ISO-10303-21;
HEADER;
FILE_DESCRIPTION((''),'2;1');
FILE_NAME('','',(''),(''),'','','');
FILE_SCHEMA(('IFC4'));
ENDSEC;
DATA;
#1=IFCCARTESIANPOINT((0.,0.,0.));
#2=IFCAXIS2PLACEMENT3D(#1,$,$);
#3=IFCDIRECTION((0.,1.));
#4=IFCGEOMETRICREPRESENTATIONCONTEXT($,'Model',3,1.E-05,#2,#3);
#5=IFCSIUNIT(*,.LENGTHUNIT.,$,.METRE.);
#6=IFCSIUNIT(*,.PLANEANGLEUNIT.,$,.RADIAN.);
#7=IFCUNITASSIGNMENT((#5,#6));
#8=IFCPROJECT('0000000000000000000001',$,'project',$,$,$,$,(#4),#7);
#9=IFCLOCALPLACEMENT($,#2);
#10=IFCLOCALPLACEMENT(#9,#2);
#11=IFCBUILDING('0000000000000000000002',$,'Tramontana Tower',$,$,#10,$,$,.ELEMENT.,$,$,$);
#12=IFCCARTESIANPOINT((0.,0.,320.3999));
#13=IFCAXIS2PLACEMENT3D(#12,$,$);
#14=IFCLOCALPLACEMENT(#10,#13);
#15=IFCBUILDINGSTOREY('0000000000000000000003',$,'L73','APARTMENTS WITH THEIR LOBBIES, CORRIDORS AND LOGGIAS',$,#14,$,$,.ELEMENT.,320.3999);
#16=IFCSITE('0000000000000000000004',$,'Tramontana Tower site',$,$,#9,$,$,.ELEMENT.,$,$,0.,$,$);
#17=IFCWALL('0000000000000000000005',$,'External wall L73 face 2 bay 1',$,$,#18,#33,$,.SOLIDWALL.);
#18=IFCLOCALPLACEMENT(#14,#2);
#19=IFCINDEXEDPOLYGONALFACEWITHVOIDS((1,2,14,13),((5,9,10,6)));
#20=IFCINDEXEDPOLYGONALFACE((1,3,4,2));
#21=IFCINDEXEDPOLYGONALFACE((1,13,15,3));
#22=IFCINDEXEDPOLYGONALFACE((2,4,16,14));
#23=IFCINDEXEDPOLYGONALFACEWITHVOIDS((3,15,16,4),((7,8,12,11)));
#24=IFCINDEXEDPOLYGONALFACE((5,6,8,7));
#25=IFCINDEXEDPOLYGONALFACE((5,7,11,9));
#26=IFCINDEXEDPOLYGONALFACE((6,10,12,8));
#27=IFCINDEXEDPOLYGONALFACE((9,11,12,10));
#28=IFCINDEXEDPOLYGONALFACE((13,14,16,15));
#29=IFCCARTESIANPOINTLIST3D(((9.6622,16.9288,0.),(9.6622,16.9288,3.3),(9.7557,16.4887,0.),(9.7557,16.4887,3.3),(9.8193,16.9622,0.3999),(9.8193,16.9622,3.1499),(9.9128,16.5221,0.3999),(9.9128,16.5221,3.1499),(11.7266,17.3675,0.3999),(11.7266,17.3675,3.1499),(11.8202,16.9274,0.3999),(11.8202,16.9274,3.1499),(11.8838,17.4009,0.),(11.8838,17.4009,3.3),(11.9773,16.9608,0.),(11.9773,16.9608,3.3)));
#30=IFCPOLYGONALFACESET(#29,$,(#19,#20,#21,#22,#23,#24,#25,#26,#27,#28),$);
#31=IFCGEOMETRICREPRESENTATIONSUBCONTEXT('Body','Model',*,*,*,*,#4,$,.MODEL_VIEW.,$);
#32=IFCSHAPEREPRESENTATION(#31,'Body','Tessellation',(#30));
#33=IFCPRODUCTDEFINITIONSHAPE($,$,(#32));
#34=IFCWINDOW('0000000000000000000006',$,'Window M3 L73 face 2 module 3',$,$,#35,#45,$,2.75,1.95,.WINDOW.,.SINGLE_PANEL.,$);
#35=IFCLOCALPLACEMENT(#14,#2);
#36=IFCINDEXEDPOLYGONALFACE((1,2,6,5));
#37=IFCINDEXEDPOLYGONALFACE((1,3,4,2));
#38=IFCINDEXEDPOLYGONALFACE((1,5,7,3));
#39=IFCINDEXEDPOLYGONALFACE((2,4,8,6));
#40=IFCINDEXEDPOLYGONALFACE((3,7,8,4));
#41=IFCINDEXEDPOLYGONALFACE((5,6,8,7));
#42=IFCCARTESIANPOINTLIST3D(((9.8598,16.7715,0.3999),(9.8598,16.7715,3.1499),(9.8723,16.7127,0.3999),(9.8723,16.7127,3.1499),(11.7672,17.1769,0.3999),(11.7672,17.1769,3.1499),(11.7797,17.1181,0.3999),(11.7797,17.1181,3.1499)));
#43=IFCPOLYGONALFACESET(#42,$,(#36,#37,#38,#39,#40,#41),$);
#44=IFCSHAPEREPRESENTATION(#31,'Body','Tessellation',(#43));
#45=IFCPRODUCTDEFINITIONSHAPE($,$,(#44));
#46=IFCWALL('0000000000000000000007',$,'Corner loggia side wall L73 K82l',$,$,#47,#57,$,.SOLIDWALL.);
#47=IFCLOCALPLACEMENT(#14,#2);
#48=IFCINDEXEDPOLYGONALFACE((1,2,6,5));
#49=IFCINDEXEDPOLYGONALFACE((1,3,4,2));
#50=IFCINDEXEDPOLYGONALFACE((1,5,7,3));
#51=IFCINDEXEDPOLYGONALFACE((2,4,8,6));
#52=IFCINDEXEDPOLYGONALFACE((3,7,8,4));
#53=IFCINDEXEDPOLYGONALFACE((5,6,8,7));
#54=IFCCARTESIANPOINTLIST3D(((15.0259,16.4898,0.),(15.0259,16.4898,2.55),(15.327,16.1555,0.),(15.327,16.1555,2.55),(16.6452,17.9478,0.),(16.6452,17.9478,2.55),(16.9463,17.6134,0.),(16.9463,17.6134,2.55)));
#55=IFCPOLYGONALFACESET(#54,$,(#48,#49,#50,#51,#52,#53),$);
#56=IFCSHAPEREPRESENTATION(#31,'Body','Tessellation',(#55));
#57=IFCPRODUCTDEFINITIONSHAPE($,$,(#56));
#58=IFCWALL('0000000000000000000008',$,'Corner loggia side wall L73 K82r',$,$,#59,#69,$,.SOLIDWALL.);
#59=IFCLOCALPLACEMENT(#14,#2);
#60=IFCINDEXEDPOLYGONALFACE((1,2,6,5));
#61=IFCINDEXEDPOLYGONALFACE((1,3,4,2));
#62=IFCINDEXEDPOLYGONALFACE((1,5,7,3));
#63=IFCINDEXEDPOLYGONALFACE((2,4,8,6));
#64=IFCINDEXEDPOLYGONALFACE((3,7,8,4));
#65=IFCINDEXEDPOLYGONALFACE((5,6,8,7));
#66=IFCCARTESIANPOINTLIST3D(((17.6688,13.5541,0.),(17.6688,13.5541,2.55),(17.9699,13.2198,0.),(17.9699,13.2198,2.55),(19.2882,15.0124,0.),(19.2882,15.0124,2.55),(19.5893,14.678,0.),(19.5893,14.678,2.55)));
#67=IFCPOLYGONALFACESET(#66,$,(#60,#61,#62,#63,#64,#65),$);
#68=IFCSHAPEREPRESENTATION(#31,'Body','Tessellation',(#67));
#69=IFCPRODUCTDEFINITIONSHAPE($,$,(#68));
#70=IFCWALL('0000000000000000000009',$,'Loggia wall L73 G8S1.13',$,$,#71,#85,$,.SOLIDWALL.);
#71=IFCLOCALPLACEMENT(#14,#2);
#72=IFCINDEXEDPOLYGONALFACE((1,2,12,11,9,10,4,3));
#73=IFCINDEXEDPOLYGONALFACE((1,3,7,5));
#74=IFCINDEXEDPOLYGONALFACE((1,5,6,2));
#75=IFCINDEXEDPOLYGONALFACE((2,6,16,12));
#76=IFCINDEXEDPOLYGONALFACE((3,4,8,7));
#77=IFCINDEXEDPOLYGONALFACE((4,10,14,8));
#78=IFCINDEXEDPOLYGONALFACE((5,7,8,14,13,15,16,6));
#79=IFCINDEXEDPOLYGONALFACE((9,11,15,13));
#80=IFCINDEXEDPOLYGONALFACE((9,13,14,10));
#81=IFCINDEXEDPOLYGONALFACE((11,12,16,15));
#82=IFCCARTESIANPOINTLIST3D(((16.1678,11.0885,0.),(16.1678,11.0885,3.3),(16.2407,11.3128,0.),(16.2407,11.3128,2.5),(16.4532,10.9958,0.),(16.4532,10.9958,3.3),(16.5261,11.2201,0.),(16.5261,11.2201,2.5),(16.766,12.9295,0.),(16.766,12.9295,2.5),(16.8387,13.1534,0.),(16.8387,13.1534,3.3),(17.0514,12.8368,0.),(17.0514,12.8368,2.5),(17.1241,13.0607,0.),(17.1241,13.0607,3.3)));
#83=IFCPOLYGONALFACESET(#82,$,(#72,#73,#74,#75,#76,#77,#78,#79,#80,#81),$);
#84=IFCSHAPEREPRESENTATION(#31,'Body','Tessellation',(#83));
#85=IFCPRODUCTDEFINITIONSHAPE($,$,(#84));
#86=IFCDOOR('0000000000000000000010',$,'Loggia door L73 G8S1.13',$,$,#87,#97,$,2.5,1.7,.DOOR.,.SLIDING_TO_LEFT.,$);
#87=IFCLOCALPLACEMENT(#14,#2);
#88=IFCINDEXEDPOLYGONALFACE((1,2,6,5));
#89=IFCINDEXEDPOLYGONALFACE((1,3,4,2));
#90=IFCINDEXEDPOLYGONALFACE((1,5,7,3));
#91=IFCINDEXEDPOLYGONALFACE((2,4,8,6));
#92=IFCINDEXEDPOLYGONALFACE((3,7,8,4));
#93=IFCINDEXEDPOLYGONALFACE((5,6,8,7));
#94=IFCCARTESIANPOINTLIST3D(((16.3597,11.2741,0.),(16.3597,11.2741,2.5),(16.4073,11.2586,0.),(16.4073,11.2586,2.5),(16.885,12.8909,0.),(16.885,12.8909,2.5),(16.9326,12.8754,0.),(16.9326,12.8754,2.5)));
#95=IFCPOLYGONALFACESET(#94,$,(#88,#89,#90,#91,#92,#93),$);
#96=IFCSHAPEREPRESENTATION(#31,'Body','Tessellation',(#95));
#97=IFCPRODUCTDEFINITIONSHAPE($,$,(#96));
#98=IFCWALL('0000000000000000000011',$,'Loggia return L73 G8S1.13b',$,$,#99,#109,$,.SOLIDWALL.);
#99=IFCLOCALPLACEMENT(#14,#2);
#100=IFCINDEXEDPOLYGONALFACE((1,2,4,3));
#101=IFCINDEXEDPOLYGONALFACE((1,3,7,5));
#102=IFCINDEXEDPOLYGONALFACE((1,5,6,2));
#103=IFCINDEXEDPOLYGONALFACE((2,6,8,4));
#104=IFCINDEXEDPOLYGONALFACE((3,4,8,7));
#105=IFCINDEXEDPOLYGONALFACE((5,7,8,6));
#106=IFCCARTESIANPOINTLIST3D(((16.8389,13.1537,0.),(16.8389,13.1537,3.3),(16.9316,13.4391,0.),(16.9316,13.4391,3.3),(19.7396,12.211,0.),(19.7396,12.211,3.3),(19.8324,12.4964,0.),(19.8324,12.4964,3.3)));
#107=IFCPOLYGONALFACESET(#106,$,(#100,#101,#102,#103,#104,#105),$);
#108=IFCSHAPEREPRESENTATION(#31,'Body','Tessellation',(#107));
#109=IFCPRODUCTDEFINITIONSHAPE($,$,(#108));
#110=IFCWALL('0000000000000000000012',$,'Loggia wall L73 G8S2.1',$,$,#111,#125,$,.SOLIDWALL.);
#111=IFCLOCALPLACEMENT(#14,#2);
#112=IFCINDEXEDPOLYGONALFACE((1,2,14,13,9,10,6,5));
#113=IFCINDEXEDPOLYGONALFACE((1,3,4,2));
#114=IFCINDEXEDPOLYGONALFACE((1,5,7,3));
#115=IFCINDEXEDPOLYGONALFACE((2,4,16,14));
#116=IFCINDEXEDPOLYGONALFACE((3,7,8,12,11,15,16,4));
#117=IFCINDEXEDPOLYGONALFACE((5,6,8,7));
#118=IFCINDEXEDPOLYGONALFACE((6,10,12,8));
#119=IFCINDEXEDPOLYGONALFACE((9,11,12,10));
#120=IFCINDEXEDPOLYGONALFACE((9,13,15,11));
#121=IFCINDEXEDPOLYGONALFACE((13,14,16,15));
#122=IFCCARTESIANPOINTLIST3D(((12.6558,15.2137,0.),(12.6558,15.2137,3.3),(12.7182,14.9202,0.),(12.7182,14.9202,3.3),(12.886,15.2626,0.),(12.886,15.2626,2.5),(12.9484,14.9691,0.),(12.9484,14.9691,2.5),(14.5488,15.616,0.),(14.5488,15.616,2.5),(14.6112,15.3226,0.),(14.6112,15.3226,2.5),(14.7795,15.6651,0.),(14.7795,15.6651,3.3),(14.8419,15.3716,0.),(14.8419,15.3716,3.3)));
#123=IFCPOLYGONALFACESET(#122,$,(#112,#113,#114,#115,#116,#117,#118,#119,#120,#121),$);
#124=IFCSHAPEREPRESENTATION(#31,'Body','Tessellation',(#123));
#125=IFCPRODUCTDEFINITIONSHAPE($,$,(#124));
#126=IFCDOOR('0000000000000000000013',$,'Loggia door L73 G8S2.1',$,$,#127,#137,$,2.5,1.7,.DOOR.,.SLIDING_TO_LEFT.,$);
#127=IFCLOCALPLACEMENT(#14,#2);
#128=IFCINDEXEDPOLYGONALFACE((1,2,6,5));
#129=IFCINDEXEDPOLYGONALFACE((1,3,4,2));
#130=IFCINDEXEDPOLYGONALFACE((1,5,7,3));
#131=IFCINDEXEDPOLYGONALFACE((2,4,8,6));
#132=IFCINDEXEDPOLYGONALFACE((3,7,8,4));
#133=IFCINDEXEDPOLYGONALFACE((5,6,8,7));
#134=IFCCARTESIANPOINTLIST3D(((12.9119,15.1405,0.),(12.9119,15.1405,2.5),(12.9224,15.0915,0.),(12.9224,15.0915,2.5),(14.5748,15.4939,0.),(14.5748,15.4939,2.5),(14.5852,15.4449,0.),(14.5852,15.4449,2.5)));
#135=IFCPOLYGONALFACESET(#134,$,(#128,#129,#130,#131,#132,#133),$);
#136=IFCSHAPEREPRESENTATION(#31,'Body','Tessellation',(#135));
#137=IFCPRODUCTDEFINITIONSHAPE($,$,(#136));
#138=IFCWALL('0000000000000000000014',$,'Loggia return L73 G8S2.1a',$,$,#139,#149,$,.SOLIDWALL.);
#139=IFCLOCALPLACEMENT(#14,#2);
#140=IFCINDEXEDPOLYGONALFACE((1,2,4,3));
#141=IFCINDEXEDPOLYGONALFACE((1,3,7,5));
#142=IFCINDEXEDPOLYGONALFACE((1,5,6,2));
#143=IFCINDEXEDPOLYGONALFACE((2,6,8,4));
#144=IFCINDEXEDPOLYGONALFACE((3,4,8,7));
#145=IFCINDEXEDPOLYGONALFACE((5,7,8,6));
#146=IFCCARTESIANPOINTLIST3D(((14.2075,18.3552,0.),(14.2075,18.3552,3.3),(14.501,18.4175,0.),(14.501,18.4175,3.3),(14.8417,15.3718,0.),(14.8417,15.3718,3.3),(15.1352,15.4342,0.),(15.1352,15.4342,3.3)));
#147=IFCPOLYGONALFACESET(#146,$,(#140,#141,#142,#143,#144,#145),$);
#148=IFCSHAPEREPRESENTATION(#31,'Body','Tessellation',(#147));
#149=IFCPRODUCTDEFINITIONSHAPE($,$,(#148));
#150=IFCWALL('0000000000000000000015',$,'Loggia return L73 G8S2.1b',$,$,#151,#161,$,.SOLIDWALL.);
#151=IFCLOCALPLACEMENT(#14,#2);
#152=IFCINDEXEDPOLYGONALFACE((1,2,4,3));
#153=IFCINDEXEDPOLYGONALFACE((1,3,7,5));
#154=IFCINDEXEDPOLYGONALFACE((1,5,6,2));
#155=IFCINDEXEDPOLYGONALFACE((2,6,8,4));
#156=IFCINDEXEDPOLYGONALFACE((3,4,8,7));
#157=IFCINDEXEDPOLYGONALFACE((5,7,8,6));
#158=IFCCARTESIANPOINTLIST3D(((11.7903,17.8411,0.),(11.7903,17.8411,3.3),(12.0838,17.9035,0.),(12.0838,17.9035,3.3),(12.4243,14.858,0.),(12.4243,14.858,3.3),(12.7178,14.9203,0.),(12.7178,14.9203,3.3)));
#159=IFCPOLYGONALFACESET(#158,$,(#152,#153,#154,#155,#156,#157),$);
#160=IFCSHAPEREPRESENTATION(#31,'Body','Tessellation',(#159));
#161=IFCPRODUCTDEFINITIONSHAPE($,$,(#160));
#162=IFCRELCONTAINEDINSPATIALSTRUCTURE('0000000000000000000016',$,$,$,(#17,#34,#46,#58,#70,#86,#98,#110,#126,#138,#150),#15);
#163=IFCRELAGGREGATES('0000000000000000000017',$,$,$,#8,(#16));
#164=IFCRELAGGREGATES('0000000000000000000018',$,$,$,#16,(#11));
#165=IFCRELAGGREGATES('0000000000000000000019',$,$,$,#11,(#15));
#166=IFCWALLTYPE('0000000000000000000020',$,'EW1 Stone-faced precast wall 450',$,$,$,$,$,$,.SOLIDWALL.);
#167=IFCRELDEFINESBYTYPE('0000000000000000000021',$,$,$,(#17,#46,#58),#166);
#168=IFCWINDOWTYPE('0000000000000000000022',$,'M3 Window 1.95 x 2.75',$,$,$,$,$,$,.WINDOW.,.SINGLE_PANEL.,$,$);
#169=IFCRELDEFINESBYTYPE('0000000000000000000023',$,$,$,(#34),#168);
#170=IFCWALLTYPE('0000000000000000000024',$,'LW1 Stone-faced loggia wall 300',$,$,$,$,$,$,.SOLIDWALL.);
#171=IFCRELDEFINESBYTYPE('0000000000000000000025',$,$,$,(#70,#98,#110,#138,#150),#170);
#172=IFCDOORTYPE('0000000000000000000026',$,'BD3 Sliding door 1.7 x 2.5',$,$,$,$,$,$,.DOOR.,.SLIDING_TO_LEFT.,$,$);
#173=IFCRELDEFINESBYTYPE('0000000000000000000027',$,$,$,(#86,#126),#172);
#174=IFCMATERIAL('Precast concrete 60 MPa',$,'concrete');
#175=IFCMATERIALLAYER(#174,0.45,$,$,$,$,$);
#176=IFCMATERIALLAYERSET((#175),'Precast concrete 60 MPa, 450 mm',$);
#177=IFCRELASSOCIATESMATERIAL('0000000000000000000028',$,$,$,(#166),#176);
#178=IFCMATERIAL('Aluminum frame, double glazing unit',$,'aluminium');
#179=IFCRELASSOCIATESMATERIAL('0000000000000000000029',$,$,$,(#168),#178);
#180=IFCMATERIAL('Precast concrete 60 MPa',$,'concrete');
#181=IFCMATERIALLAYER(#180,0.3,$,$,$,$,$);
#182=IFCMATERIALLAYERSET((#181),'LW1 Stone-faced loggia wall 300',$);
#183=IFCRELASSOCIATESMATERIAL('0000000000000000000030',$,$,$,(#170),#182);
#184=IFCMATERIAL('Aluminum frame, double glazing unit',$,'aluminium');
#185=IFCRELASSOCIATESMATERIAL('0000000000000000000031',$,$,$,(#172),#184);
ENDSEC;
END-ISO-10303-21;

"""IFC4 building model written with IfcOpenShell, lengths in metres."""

from ifc_helpers import new_model, si_unit, direction, frame, frame_2d, origin, place, context, subcontext, project, spatial, rectangle, extrude, material, layer, layer_set, type_object, element, fill, save


model = new_model("IFC4")

# Units and contexts
model_context = context("Model", 3, precision=1e-05, world=origin(), true_north=direction((0.0, 1.0)))
body_context = subcontext(model_context, "Body", "Model", "MODEL_VIEW")
ifc_project = project(units=[si_unit("LENGTHUNIT", "METRE"), si_unit("PLANEANGLEUNIT", "RADIAN")], contexts=[model_context])

# Site, building, storey
site_placement = place(None, origin())
site = spatial("IfcSite", under=ifc_project, at=site_placement, Name="Tramontana Tower site", CompositionType="ELEMENT", RefElevation=0.0)
building_placement = place(site_placement, origin())
building = spatial("IfcBuilding", under=site, at=building_placement, Name="Tramontana Tower", CompositionType="ELEMENT")
storey_placement = place(building_placement, frame((0.0, 0.0, 320.3999)))
storey = spatial("IfcBuildingStorey", under=building, at=storey_placement, Name="L73", Description="APARTMENTS WITH THEIR LOBBIES, CORRIDORS AND LOGGIAS", CompositionType="ELEMENT", Elevation=320.3999)

# Wall, opening, window
ifc_material_1 = material(Name="Precast concrete 60 MPa", Category="concrete")
ifc_layer_1 = layer(ifc_material_1, 0.45)
ifc_layer_set_1 = layer_set([ifc_layer_1], Name="Precast concrete 60 MPa, 450 mm")
wall_type_1 = type_object("IfcWallType", Name="EW1 Stone-faced precast wall 450", PredefinedType="SOLIDWALL", material=ifc_layer_set_1)
wall_1_placement = place(storey_placement, frame((11.9307, 17.1809, 0.0), z_axis=(0.0, 0.0, 1.0), x_axis=(-0.978153, -0.207884, 0.0)))
wall_1 = element("IfcWall", 1, at=wall_1_placement, inside=storey, type_object=wall_type_1, Name="External wall L73 face 2 bay 1", PredefinedType="SOLIDWALL", context=body_context, shape_type="SweptSolid", body=[
    extrude(rectangle(XDim=2.2712, YDim=0.45, at=frame_2d((1.1357, 0.0))), origin(), (0.0, 0.0, 1.0), 3.3),
])
opening_1_placement = place(wall_1_placement, frame((0.1606, 0.0, 0.3999)))
opening_1 = element("IfcOpeningElement", 2, at=opening_1_placement, cuts=wall_1, PredefinedType="OPENING", context=body_context, shape_type="SweptSolid", body=[
    extrude(rectangle(XDim=1.95, YDim=2.75, at=frame_2d((0.9751, 1.375))), frame((0.0, 0.2349, 0.0), z_axis=(0.0, -1.0, 0.0), x_axis=(1.0, 0.0, 0.0)), (0.0, 0.0, 1.0), 0.47),
])
ifc_material_2 = material(Name="Aluminum frame, double glazing unit", Category="aluminium")
window_type_1 = type_object("IfcWindowType", Name="M3 Window 1.95 x 2.75", PartitioningType="SINGLE_PANEL", PredefinedType="WINDOW", material=ifc_material_2)
window_1_placement = place(opening_1_placement, origin())
window_1 = element("IfcWindow", 3, at=window_1_placement, inside=storey, type_object=window_type_1, Name="Window M3 L73 face 2 module 3", OverallHeight=2.75, OverallWidth=1.95, PartitioningType="SINGLE_PANEL", PredefinedType="WINDOW", context=body_context, shape_type="SweptSolid", body=[
    extrude(rectangle(XDim=1.95, YDim=2.75, at=frame_2d((0.9751, 1.375))), frame((0.0, 0.03, 0.0), z_axis=(0.0, -1.0, 0.0), x_axis=(1.0, 0.0, 0.0)), (0.0, 0.0, 1.0), 0.0601),
])
fill(opening_1, window_1)

# Walls
wall_2_placement = place(storey_placement, frame((16.7957, 17.7805, 0.0), z_axis=(0.0, 0.0, 1.0), x_axis=(-0.743166, -0.669107, 0.0)))
element("IfcWall", 4, at=wall_2_placement, inside=storey, type_object=wall_type_1, Name="Corner loggia side wall L73 K82l", PredefinedType="SOLIDWALL", context=body_context, shape_type="SweptSolid", body=[
    extrude(rectangle(XDim=2.179, YDim=0.45, at=frame_2d((1.0894, 0.0))), origin(), (0.0, 0.0, 1.0), 2.55),
])
wall_3_placement = place(storey_placement, frame((19.4387, 14.8452, 0.0), z_axis=(0.0, 0.0, 1.0), x_axis=(-0.74311, -0.669169, 0.0)))
element("IfcWall", 5, at=wall_3_placement, inside=storey, type_object=wall_type_1, Name="Corner loggia side wall L73 K82r", PredefinedType="SOLIDWALL", context=body_context, shape_type="SweptSolid", body=[
    extrude(rectangle(XDim=2.1792, YDim=0.45, at=frame_2d((1.0896, 0.0))), origin(), (0.0, 0.0, 1.0), 2.55),
])

# Wall, opening, door
ifc_material_3 = material(Name="Precast concrete 60 MPa", Category="concrete")
ifc_layer_2 = layer(ifc_material_3, 0.3)
ifc_layer_set_2 = layer_set([ifc_layer_2], Name="LW1 Stone-faced loggia wall 300")
wall_type_2 = type_object("IfcWallType", Name="LW1 Stone-faced loggia wall 300", PredefinedType="SOLIDWALL", material=ifc_layer_set_2)
wall_4_placement = place(storey_placement, frame((16.3105, 11.0422, 0.0), z_axis=(0.0, 0.0, 1.0), x_axis=(0.309, 0.951062, 0.0)))
wall_4 = element("IfcWall", 6, at=wall_4_placement, inside=storey, type_object=wall_type_2, Name="Loggia wall L73 G8S1.13", PredefinedType="SOLIDWALL", context=body_context, shape_type="SweptSolid", body=[
    extrude(rectangle(XDim=2.1711, YDim=0.3, at=frame_2d((1.0854, 0.0))), origin(), (0.0, 0.0, 1.0), 3.3),
])
opening_2_placement = place(wall_4_placement, frame((0.2356, 0.0, 0.0)))
opening_2 = element("IfcOpeningElement", 7, at=opening_2_placement, cuts=wall_4, PredefinedType="OPENING", context=body_context, shape_type="SweptSolid", body=[
    extrude(rectangle(XDim=1.7, YDim=2.5, at=frame_2d((0.8501, 1.25))), frame((0.0, 0.1599, 0.0), z_axis=(0.0, -1.0, 0.0), x_axis=(1.0, 0.0, 0.0)), (0.0, 0.0, 1.0), 0.3201),
])
ifc_material_4 = material(Name="Aluminum frame, double glazing unit", Category="aluminium")
door_type_1 = type_object("IfcDoorType", Name="BD3 Sliding door 1.7 x 2.5", OperationType="SLIDING_TO_LEFT", PredefinedType="DOOR", material=ifc_material_4)
door_1_placement = place(opening_2_placement, origin())
door_1 = element("IfcDoor", 8, at=door_1_placement, inside=storey, type_object=door_type_1, Name="Loggia door L73 G8S1.13", OperationType="SLIDING_TO_LEFT", OverallHeight=2.5, OverallWidth=1.7, PredefinedType="DOOR", context=body_context, shape_type="SweptSolid", body=[
    extrude(rectangle(XDim=1.7, YDim=2.5, at=frame_2d((0.8501, 1.25))), frame((0.0, 0.0249, 0.0), z_axis=(0.0, -1.0, 0.0), x_axis=(1.0, 0.0, 0.0)), (0.0, 0.0, 1.0), 0.05),
])
fill(opening_2, door_1)

# Wall
wall_5_placement = place(storey_placement, frame((19.7859, 12.3538, 0.0), z_axis=(0.0, 0.0, 1.0), x_axis=(-0.951042, 0.309063, 0.0)))
element("IfcWall", 9, at=wall_5_placement, inside=storey, type_object=wall_type_2, Name="Loggia return L73 G8S1.13b", PredefinedType="SOLIDWALL", context=body_context, shape_type="SweptSolid", body=[
    extrude(rectangle(XDim=3.05, YDim=0.3, at=frame_2d((1.5249, 0.0))), origin(), (0.0, 0.0, 1.0), 3.3),
])

# Wall, opening, door
wall_6_placement = place(storey_placement, frame((14.8105, 15.5183, 0.0), z_axis=(0.0, 0.0, 1.0), x_axis=(-0.978148, -0.207909, 0.0)))
wall_6 = element("IfcWall", 10, at=wall_6_placement, inside=storey, type_object=wall_type_2, Name="Loggia wall L73 G8S2.1", PredefinedType="SOLIDWALL", context=body_context, shape_type="SweptSolid", body=[
    extrude(rectangle(XDim=2.1711, YDim=0.3, at=frame_2d((1.0854, 0.0))), origin(), (0.0, 0.0, 1.0), 3.3),
])
opening_3_placement = place(wall_6_placement, frame((0.2356, 0.0, 0.0)))
opening_3 = element("IfcOpeningElement", 11, at=opening_3_placement, cuts=wall_6, PredefinedType="OPENING", context=body_context, shape_type="SweptSolid", body=[
    extrude(rectangle(XDim=1.7, YDim=2.5, at=frame_2d((0.8501, 1.25))), frame((0.0, 0.1599, 0.0), z_axis=(0.0, -1.0, 0.0), x_axis=(1.0, 0.0, 0.0)), (0.0, 0.0, 1.0), 0.3201),
])
door_2_placement = place(opening_3_placement, origin())
door_2 = element("IfcDoor", 12, at=door_2_placement, inside=storey, type_object=door_type_1, Name="Loggia door L73 G8S2.1", OperationType="SLIDING_TO_LEFT", OverallHeight=2.5, OverallWidth=1.7, PredefinedType="DOOR", context=body_context, shape_type="SweptSolid", body=[
    extrude(rectangle(XDim=1.7, YDim=2.5, at=frame_2d((0.8501, 1.25))), frame((0.0, 0.0249, 0.0), z_axis=(0.0, -1.0, 0.0), x_axis=(1.0, 0.0, 0.0)), (0.0, 0.0, 1.0), 0.05),
])
fill(opening_3, door_2)

# Walls
wall_7_placement = place(storey_placement, frame((14.3542, 18.3862, 0.0), z_axis=(0.0, 0.0, 1.0), x_axis=(0.207954, -0.978139, 0.0)))
element("IfcWall", 13, at=wall_7_placement, inside=storey, type_object=wall_type_2, Name="Loggia return L73 G8S2.1a", PredefinedType="SOLIDWALL", context=body_context, shape_type="SweptSolid", body=[
    extrude(rectangle(XDim=3.05, YDim=0.3, at=frame_2d((1.5249, 0.0))), origin(), (0.0, 0.0, 1.0), 3.3),
])
wall_8_placement = place(storey_placement, frame((11.937, 17.8723, 0.0), z_axis=(0.0, 0.0, 1.0), x_axis=(0.207894, -0.978151, 0.0)))
element("IfcWall", 14, at=wall_8_placement, inside=storey, type_object=wall_type_2, Name="Loggia return L73 G8S2.1b", PredefinedType="SOLIDWALL", context=body_context, shape_type="SweptSolid", body=[
    extrude(rectangle(XDim=3.0498, YDim=0.3, at=frame_2d((1.5249, 0.0))), origin(), (0.0, 0.0, 1.0), 3.3),
])

save(model, "model.ifc")
